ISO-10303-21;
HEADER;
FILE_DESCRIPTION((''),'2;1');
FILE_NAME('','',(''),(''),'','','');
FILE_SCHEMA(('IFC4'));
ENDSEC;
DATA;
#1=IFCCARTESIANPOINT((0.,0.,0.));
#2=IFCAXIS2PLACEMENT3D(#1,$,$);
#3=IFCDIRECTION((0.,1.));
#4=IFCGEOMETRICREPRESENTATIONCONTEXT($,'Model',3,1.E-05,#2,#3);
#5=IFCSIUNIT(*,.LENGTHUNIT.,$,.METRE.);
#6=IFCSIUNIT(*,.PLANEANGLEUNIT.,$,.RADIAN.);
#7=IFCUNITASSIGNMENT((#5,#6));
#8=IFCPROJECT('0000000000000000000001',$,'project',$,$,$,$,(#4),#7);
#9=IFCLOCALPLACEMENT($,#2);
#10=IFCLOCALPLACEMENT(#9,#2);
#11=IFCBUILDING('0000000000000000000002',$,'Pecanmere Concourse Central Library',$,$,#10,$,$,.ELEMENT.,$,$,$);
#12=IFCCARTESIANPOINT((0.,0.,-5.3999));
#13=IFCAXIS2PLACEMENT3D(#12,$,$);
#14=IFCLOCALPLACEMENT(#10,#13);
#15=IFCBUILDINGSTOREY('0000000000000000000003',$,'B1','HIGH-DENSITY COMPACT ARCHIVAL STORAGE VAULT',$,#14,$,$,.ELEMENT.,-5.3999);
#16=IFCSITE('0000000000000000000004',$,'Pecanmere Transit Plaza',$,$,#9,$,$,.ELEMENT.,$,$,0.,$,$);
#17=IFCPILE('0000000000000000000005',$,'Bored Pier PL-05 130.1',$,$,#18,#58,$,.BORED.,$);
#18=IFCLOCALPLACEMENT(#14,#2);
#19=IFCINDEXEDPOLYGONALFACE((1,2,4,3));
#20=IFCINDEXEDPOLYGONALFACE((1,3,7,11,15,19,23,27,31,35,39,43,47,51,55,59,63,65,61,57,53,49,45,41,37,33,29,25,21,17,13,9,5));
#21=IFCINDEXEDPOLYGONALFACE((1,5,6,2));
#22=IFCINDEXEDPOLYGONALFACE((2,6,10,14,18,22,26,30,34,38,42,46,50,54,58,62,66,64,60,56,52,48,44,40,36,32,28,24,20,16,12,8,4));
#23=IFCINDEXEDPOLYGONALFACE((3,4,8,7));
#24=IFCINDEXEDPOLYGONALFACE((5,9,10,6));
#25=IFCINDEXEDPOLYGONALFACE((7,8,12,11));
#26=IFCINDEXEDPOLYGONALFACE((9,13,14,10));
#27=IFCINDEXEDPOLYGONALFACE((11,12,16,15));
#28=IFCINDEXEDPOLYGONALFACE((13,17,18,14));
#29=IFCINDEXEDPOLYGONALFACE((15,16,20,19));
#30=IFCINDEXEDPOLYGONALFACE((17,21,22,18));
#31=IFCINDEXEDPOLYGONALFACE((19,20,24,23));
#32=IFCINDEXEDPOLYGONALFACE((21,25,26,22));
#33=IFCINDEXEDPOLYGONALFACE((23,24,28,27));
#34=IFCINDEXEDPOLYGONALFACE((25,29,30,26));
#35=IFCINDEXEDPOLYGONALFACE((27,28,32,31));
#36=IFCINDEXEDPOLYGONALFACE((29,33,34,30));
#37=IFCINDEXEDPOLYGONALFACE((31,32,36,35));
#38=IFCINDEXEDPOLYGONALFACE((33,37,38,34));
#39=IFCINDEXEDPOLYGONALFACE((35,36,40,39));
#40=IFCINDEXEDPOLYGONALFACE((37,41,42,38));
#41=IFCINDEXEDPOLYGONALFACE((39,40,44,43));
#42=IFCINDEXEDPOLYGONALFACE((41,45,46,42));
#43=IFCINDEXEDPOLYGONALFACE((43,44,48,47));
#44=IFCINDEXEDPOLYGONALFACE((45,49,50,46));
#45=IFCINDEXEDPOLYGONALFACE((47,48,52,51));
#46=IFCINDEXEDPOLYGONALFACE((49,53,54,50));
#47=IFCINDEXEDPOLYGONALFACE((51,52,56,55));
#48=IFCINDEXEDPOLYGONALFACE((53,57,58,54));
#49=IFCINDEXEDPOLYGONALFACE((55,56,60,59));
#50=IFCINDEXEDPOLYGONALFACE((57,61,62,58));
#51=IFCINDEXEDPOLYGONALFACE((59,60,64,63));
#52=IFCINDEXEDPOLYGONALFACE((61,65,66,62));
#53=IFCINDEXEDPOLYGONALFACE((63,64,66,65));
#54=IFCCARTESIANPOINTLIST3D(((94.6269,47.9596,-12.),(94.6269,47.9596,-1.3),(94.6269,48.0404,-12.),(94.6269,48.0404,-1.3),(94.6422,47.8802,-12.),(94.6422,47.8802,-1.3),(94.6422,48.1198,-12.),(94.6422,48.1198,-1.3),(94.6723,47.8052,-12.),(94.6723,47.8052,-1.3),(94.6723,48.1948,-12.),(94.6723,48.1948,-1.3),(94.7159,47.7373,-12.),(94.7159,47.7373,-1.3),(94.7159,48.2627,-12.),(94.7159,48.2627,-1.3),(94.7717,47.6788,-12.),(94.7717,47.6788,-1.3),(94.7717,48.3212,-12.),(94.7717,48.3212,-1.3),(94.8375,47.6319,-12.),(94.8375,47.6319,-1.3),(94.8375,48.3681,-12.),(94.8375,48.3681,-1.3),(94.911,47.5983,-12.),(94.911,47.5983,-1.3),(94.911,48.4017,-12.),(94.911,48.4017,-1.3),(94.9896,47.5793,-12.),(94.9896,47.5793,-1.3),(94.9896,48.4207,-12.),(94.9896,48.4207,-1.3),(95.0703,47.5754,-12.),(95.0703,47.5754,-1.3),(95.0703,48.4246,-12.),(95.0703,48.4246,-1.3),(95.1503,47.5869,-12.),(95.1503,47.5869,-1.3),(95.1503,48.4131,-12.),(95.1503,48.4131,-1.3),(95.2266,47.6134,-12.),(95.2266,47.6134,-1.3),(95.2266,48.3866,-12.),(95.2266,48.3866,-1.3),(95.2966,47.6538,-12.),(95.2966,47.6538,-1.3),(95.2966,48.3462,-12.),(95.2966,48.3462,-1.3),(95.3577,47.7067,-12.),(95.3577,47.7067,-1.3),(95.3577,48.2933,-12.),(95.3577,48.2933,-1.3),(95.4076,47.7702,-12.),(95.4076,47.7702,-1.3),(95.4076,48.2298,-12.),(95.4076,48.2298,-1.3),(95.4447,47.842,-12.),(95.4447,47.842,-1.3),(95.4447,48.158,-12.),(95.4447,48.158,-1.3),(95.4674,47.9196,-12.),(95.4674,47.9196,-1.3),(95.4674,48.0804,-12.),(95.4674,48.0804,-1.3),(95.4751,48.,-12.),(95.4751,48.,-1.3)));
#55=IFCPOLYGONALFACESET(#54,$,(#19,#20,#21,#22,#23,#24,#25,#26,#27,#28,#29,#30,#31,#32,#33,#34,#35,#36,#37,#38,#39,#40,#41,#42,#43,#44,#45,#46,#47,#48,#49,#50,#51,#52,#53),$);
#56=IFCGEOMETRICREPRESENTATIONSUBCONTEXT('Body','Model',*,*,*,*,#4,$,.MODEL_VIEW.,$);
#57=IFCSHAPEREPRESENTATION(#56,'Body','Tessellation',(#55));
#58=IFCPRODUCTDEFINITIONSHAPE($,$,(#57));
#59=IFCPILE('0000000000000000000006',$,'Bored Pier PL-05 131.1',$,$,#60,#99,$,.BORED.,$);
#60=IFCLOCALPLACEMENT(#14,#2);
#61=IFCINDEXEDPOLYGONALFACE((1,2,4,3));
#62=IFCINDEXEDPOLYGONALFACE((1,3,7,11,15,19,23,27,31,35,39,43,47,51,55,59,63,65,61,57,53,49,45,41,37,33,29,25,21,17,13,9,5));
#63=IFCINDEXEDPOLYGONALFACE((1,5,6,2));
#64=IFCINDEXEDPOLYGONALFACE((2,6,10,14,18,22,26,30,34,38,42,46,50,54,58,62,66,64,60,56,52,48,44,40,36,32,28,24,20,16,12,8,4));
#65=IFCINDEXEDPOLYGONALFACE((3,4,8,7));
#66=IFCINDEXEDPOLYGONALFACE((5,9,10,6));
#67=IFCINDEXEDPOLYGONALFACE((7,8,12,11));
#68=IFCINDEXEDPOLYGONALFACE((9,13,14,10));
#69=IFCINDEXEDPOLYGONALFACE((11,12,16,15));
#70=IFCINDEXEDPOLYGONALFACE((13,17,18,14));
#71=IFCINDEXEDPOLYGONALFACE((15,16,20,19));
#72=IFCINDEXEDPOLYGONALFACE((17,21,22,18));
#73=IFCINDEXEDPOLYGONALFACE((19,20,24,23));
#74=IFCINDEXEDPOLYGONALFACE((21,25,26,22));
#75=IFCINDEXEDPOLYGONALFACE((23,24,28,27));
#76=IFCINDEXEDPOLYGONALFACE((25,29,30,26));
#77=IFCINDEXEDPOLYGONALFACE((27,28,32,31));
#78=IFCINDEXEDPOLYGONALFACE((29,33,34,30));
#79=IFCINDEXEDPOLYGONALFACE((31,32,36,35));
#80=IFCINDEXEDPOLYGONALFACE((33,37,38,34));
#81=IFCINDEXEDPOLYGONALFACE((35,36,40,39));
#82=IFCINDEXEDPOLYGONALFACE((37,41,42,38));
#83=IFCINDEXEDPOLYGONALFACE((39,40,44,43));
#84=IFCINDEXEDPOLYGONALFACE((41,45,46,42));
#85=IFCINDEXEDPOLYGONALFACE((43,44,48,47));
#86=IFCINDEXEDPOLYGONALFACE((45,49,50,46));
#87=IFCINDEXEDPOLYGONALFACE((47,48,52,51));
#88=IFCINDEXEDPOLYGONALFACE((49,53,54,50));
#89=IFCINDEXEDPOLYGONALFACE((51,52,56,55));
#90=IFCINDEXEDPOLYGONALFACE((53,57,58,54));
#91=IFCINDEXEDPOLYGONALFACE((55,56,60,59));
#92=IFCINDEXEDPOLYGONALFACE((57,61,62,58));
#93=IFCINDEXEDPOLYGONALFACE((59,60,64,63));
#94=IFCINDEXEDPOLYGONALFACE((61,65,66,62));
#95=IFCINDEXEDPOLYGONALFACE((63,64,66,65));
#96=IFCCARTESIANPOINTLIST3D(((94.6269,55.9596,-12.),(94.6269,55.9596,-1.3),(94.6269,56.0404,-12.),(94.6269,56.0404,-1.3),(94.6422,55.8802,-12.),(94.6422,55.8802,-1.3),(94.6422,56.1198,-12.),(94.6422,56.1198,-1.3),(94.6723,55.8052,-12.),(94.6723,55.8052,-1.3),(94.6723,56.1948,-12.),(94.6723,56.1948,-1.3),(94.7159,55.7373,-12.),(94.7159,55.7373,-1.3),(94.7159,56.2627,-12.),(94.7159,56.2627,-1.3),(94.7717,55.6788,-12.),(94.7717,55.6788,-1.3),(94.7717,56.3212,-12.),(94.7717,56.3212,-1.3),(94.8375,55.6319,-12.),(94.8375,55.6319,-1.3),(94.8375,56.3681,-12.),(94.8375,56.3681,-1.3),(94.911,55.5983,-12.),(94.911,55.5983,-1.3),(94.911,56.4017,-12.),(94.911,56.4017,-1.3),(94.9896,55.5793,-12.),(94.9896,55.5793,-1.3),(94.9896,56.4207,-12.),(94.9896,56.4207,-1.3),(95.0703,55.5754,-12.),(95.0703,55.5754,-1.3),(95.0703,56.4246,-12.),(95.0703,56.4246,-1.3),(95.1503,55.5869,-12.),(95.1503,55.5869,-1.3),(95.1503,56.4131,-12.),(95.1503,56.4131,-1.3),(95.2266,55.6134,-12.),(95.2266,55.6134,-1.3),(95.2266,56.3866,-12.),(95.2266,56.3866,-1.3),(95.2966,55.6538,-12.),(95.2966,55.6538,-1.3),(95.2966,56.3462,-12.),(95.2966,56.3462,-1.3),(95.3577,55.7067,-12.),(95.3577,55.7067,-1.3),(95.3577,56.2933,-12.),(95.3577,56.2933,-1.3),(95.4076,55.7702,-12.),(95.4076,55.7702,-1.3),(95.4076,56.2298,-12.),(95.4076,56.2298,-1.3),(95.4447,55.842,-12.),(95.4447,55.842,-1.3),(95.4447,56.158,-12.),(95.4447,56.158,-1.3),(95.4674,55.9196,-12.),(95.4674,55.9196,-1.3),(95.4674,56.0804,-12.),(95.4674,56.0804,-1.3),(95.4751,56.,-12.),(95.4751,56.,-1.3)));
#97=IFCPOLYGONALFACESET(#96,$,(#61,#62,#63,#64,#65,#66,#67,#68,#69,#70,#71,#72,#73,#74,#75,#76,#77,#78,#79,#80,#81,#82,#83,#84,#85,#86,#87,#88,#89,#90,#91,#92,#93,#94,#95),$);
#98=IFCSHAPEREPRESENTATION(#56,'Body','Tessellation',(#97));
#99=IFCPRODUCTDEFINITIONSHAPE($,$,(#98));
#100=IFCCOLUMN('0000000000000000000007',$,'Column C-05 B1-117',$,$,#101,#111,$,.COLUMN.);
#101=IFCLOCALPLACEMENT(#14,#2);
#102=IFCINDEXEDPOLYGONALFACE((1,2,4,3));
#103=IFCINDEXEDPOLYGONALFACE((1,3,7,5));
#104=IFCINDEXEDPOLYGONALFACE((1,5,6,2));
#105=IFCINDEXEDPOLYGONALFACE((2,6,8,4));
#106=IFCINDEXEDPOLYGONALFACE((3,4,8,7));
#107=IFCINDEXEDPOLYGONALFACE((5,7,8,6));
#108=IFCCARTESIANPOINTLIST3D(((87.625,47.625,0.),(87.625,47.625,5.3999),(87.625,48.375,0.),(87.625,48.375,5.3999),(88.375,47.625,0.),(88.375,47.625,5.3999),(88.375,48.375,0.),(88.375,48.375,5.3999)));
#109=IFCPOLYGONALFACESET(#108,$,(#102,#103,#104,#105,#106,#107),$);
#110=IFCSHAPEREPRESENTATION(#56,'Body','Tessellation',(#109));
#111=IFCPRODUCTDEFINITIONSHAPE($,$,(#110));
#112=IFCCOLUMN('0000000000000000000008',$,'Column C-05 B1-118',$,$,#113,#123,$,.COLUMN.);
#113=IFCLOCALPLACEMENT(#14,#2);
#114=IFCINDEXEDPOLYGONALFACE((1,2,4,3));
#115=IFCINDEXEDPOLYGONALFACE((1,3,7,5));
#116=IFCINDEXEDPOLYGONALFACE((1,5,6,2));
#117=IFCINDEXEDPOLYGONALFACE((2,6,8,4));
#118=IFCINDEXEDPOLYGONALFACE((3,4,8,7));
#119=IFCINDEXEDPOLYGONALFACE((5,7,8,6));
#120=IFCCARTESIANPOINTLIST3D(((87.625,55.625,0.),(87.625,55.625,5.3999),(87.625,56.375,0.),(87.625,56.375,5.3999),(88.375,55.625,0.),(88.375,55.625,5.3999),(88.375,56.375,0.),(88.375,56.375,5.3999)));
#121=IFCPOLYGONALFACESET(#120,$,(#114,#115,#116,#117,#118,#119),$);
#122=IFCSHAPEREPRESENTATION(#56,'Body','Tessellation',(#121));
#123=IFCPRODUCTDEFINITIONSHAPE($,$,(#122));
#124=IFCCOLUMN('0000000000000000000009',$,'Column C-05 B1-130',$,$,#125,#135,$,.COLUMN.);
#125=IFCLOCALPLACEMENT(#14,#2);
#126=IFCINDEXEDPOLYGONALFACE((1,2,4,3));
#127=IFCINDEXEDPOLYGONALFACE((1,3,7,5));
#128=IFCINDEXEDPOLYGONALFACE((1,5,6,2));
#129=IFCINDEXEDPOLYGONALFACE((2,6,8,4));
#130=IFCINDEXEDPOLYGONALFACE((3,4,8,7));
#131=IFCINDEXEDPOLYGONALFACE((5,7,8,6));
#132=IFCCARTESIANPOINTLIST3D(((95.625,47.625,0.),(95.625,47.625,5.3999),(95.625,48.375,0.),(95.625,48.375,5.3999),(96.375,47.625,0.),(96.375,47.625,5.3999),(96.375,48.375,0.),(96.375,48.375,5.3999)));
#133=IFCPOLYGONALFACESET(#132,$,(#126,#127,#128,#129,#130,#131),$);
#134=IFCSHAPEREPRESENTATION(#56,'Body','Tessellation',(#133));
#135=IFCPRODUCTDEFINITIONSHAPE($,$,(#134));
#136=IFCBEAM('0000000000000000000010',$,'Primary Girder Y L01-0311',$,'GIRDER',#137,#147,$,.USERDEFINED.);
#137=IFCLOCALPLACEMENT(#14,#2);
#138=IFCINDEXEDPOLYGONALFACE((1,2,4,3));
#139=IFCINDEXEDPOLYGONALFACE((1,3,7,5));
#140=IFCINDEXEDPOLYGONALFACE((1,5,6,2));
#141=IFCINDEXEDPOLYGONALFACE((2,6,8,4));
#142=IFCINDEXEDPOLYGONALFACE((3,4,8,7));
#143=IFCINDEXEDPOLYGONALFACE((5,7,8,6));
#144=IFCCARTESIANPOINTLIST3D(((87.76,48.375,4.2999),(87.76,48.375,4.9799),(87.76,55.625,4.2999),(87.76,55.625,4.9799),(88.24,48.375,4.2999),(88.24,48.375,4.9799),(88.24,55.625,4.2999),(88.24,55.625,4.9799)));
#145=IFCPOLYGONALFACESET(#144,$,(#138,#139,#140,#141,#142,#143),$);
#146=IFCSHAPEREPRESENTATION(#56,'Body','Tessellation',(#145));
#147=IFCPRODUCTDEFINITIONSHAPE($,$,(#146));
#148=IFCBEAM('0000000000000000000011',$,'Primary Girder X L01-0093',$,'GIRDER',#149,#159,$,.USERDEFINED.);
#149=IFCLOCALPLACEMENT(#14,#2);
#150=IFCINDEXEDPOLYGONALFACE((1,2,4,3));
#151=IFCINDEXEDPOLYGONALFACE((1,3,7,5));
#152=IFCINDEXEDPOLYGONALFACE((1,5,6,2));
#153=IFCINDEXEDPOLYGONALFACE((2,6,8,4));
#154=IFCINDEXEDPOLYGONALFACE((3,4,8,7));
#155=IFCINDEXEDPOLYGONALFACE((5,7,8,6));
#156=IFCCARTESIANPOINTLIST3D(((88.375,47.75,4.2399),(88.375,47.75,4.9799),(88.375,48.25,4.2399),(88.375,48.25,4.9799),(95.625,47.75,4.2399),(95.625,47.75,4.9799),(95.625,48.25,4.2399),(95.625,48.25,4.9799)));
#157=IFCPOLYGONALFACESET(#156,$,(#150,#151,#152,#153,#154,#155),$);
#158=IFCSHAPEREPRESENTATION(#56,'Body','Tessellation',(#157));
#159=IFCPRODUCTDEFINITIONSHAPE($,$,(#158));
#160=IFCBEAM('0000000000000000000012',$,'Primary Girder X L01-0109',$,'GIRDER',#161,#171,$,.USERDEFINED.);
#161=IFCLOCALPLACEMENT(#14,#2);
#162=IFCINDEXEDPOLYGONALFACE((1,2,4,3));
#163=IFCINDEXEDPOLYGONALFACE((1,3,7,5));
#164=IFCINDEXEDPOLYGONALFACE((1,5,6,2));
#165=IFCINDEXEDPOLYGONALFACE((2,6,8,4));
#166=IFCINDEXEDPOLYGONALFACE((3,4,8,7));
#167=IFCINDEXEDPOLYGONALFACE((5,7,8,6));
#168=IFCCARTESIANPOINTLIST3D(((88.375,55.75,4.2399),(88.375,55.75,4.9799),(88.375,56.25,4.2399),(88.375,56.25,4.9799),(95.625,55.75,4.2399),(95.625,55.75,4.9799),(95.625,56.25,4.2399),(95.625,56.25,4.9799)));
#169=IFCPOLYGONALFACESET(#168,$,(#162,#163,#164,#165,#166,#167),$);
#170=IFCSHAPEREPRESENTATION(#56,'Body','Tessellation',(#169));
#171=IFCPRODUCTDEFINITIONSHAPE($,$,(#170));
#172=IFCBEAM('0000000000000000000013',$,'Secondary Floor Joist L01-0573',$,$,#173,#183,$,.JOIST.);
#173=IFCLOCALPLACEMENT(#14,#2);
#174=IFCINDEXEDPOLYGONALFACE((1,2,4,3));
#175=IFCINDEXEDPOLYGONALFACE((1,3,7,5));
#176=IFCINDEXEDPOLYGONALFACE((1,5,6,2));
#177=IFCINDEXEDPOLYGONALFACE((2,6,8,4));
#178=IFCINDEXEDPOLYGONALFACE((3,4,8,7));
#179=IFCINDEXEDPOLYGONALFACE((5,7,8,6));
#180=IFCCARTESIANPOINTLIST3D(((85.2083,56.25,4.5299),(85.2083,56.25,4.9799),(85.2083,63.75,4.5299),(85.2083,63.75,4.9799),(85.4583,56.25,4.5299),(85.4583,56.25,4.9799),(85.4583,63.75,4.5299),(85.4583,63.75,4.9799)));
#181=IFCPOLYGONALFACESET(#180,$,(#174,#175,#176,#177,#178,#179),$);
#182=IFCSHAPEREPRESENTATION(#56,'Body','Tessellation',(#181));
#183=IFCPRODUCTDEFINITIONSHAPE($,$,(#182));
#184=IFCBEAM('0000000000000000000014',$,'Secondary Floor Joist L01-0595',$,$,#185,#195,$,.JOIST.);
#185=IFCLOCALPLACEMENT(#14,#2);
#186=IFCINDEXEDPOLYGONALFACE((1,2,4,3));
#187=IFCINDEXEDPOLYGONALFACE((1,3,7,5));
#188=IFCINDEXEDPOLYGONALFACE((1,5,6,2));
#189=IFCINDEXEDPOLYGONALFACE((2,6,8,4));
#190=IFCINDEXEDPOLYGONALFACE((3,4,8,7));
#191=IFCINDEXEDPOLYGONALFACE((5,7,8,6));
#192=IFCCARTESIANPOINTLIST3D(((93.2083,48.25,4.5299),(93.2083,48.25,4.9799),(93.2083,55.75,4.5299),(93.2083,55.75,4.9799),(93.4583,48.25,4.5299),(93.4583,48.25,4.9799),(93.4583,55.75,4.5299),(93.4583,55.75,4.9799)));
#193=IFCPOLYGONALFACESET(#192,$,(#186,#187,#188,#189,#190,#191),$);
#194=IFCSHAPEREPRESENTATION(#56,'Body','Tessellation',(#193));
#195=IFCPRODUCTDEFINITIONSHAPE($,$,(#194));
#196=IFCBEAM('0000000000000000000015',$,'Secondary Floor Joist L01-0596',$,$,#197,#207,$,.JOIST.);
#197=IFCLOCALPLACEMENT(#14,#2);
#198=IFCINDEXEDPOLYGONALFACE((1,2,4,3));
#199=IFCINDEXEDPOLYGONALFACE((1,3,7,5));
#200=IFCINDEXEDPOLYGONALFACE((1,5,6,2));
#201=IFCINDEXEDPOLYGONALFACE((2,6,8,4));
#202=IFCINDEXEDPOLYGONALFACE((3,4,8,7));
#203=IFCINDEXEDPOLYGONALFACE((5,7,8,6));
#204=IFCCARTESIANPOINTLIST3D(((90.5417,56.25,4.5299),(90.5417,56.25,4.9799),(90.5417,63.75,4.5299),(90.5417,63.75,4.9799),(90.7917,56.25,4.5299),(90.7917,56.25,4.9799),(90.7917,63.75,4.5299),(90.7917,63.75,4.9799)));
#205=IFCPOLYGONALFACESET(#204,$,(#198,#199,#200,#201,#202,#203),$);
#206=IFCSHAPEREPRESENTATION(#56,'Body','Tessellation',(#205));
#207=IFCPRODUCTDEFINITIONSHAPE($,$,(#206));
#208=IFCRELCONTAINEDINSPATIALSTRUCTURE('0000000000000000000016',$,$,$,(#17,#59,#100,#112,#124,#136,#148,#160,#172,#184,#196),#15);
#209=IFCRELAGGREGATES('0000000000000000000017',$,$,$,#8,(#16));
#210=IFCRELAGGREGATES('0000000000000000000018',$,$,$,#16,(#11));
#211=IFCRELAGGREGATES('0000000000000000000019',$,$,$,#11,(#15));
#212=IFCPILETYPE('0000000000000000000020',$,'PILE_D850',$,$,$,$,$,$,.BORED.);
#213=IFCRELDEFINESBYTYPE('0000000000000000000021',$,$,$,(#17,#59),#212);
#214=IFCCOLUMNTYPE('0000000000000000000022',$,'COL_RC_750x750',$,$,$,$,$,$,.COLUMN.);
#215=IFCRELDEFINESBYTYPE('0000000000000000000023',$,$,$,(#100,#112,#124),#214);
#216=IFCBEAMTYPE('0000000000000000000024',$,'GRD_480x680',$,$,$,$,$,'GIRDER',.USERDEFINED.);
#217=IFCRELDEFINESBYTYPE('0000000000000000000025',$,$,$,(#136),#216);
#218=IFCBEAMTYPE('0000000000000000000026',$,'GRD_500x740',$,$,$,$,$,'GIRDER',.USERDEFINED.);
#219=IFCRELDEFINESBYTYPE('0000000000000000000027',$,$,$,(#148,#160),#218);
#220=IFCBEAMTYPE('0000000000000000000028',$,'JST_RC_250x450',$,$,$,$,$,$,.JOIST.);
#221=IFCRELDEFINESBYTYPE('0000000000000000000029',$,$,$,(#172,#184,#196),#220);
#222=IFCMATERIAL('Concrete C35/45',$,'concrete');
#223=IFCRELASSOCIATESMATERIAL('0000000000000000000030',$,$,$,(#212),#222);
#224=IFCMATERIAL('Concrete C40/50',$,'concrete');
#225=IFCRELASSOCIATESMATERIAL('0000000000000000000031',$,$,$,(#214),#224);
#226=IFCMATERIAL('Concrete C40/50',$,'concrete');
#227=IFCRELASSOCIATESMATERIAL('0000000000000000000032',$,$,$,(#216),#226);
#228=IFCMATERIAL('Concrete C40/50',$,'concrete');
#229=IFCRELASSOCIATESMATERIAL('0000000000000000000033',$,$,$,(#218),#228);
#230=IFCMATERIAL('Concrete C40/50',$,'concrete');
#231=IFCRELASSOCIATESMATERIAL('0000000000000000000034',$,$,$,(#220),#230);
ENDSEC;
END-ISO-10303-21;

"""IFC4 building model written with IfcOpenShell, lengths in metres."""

from ifc_helpers import new_model, si_unit, direction, frame, origin, origin_2d, place, context, subcontext, project, spatial, rectangle, circle, extrude, material, material_profile, profile_set, type_object, element, save


model = new_model("IFC4")

# Units and contexts
model_context = context("Model", 3, precision=1e-05, world=origin(), true_north=direction((0.0, 1.0)))
body_context = subcontext(model_context, "Body", "Model", "MODEL_VIEW")
ifc_project = project(units=[si_unit("LENGTHUNIT", "METRE"), si_unit("PLANEANGLEUNIT", "RADIAN")], contexts=[model_context])

# Site, building, storey
site_placement = place(None, origin())
site = spatial("IfcSite", under=ifc_project, at=site_placement, Name="Pecanmere Transit Plaza", CompositionType="ELEMENT", RefElevation=0.0)
building_placement = place(site_placement, origin())
building = spatial("IfcBuilding", under=site, at=building_placement, Name="Pecanmere Concourse Central Library", CompositionType="ELEMENT")
storey_placement = place(building_placement, frame((0.0, 0.0, -5.3999)))
storey = spatial("IfcBuildingStorey", under=building, at=storey_placement, Name="B1", Description="HIGH-DENSITY COMPACT ARCHIVAL STORAGE VAULT", CompositionType="ELEMENT", Elevation=-5.3999)

# Piles
ifc_material_1 = material(Name="Concrete C35/45", Category="concrete")
ifc_material_profile_1 = material_profile(ifc_material_1, circle(Radius=0.425, at=origin_2d()), Name="PIER D850")
ifc_profile_set_1 = profile_set([ifc_material_profile_1], Name="Concrete C35/45")
pile_type = type_object("IfcPileType", Name="PILE_D850", PredefinedType="BORED", material=ifc_profile_set_1)
for number, where, z_axis, x_axis, name in (
    (1, (95.05, 48.0, -1.3), (0.0, 0.0, -1.0), (1.0, 0.0, 0.0), "Bored Pier PL-05 130.1"),
    (2, (95.05, 56.0, -1.3), (0.0, 0.0, -1.0), (1.0, 0.0, 0.0), "Bored Pier PL-05 131.1"),
):
    element("IfcPile", number, at=place(storey_placement, frame(where, z_axis=z_axis, x_axis=x_axis)), inside=storey, type_object=pile_type, Name=name, PredefinedType="BORED", context=body_context, shape_type="SweptSolid", body=[
        extrude(circle(Radius=0.425, at=origin_2d()), origin(), (0.0, 0.0, 1.0), 10.7),
    ])

# Columns
ifc_material_2 = material(Name="Concrete C40/50", Category="concrete")
ifc_material_profile_2 = material_profile(ifc_material_2, rectangle(XDim=0.75, YDim=0.75, at=origin_2d()), Name="RC 750x750")
ifc_profile_set_2 = profile_set([ifc_material_profile_2], Name="Concrete C40/50")
column_type = type_object("IfcColumnType", Name="COL_RC_750x750", PredefinedType="COLUMN", material=ifc_profile_set_2)
for number, where, z_axis, x_axis, name in (
    (3, (88.0, 48.0, 0.0), (0.0, 0.0, 1.0), (1.0, 0.0, 0.0), "Column C-05 B1-117"),
    (4, (88.0, 56.0, 0.0), (0.0, 0.0, 1.0), (1.0, 0.0, 0.0), "Column C-05 B1-118"),
    (5, (96.0, 48.0, 0.0), (0.0, 0.0, 1.0), (1.0, 0.0, 0.0), "Column C-05 B1-130"),
):
    element("IfcColumn", number, at=place(storey_placement, frame(where, z_axis=z_axis, x_axis=x_axis)), inside=storey, type_object=column_type, Name=name, PredefinedType="COLUMN", context=body_context, shape_type="SweptSolid", body=[
        extrude(rectangle(XDim=0.75, YDim=0.75, at=origin_2d()), origin(), (0.0, 0.0, 1.0), 5.3999),
    ])

# Beams
ifc_material_3 = material(Name="Concrete C40/50", Category="concrete")
ifc_material_profile_3 = material_profile(ifc_material_3, rectangle(XDim=0.48, YDim=0.6799, at=origin_2d()), Name="RC 480x680")
ifc_profile_set_3 = profile_set([ifc_material_profile_3], Name="Concrete C40/50")
beam_type_1 = type_object("IfcBeamType", Name="GRD_480x680", ElementType="GIRDER", PredefinedType="USERDEFINED", material=ifc_profile_set_3)
beam_1_placement = place(storey_placement, frame((88.0, 48.375, 4.6399), z_axis=(0.0, 1.0, 0.0), x_axis=(-1.0, 0.0, 0.0)))
element("IfcBeam", 6, at=beam_1_placement, inside=storey, type_object=beam_type_1, Name="Primary Girder Y L01-0311", ObjectType="GIRDER", PredefinedType="USERDEFINED", context=body_context, shape_type="SweptSolid", body=[
    extrude(rectangle(XDim=0.48, YDim=0.6799, at=origin_2d()), origin(), (0.0, 0.0, 1.0), 7.25),
])
ifc_material_4 = material(Name="Concrete C40/50", Category="concrete")
ifc_material_profile_4 = material_profile(ifc_material_4, rectangle(XDim=0.5, YDim=0.74, at=origin_2d()), Name="RC 500x740")
ifc_profile_set_4 = profile_set([ifc_material_profile_4], Name="Concrete C40/50")
beam_type_2 = type_object("IfcBeamType", Name="GRD_500x740", ElementType="GIRDER", PredefinedType="USERDEFINED", material=ifc_profile_set_4)
for number, where, z_axis, x_axis, name in (
    (7, (88.375, 48.0, 4.6099), (1.0, 0.0, 0.0), (0.0, 1.0, 0.0), "Primary Girder X L01-0093"),
    (8, (88.375, 56.0, 4.6099), (1.0, 0.0, 0.0), (0.0, 1.0, 0.0), "Primary Girder X L01-0109"),
):
    element("IfcBeam", number, at=place(storey_placement, frame(where, z_axis=z_axis, x_axis=x_axis)), inside=storey, type_object=beam_type_2, Name=name, ObjectType="GIRDER", PredefinedType="USERDEFINED", context=body_context, shape_type="SweptSolid", body=[
        extrude(rectangle(XDim=0.5, YDim=0.74, at=origin_2d()), origin(), (0.0, 0.0, 1.0), 7.25),
    ])
ifc_material_5 = material(Name="Concrete C40/50", Category="concrete")
ifc_material_profile_5 = material_profile(ifc_material_5, rectangle(XDim=0.25, YDim=0.45, at=origin_2d()), Name="RC 250x450")
ifc_profile_set_5 = profile_set([ifc_material_profile_5], Name="Concrete C40/50")
beam_type_3 = type_object("IfcBeamType", Name="JST_RC_250x450", PredefinedType="JOIST", material=ifc_profile_set_5)
for number, where, z_axis, x_axis, name in (
    (9, (85.3333, 56.25, 4.7549), (0.0, 1.0, 0.0), (-1.0, 0.0, 0.0), "Secondary Floor Joist L01-0573"),
    (10, (93.3333, 48.25, 4.7549), (0.0, 1.0, 0.0), (-1.0, 0.0, 0.0), "Secondary Floor Joist L01-0595"),
    (11, (90.6667, 56.25, 4.7549), (0.0, 1.0, 0.0), (-1.0, 0.0, 0.0), "Secondary Floor Joist L01-0596"),
):
    element("IfcBeam", number, at=place(storey_placement, frame(where, z_axis=z_axis, x_axis=x_axis)), inside=storey, type_object=beam_type_3, Name=name, PredefinedType="JOIST", context=body_context, shape_type="SweptSolid", body=[
        extrude(rectangle(XDim=0.25, YDim=0.45, at=origin_2d()), origin(), (0.0, 0.0, 1.0), 7.5),
    ])

save(model, "model.ifc")
